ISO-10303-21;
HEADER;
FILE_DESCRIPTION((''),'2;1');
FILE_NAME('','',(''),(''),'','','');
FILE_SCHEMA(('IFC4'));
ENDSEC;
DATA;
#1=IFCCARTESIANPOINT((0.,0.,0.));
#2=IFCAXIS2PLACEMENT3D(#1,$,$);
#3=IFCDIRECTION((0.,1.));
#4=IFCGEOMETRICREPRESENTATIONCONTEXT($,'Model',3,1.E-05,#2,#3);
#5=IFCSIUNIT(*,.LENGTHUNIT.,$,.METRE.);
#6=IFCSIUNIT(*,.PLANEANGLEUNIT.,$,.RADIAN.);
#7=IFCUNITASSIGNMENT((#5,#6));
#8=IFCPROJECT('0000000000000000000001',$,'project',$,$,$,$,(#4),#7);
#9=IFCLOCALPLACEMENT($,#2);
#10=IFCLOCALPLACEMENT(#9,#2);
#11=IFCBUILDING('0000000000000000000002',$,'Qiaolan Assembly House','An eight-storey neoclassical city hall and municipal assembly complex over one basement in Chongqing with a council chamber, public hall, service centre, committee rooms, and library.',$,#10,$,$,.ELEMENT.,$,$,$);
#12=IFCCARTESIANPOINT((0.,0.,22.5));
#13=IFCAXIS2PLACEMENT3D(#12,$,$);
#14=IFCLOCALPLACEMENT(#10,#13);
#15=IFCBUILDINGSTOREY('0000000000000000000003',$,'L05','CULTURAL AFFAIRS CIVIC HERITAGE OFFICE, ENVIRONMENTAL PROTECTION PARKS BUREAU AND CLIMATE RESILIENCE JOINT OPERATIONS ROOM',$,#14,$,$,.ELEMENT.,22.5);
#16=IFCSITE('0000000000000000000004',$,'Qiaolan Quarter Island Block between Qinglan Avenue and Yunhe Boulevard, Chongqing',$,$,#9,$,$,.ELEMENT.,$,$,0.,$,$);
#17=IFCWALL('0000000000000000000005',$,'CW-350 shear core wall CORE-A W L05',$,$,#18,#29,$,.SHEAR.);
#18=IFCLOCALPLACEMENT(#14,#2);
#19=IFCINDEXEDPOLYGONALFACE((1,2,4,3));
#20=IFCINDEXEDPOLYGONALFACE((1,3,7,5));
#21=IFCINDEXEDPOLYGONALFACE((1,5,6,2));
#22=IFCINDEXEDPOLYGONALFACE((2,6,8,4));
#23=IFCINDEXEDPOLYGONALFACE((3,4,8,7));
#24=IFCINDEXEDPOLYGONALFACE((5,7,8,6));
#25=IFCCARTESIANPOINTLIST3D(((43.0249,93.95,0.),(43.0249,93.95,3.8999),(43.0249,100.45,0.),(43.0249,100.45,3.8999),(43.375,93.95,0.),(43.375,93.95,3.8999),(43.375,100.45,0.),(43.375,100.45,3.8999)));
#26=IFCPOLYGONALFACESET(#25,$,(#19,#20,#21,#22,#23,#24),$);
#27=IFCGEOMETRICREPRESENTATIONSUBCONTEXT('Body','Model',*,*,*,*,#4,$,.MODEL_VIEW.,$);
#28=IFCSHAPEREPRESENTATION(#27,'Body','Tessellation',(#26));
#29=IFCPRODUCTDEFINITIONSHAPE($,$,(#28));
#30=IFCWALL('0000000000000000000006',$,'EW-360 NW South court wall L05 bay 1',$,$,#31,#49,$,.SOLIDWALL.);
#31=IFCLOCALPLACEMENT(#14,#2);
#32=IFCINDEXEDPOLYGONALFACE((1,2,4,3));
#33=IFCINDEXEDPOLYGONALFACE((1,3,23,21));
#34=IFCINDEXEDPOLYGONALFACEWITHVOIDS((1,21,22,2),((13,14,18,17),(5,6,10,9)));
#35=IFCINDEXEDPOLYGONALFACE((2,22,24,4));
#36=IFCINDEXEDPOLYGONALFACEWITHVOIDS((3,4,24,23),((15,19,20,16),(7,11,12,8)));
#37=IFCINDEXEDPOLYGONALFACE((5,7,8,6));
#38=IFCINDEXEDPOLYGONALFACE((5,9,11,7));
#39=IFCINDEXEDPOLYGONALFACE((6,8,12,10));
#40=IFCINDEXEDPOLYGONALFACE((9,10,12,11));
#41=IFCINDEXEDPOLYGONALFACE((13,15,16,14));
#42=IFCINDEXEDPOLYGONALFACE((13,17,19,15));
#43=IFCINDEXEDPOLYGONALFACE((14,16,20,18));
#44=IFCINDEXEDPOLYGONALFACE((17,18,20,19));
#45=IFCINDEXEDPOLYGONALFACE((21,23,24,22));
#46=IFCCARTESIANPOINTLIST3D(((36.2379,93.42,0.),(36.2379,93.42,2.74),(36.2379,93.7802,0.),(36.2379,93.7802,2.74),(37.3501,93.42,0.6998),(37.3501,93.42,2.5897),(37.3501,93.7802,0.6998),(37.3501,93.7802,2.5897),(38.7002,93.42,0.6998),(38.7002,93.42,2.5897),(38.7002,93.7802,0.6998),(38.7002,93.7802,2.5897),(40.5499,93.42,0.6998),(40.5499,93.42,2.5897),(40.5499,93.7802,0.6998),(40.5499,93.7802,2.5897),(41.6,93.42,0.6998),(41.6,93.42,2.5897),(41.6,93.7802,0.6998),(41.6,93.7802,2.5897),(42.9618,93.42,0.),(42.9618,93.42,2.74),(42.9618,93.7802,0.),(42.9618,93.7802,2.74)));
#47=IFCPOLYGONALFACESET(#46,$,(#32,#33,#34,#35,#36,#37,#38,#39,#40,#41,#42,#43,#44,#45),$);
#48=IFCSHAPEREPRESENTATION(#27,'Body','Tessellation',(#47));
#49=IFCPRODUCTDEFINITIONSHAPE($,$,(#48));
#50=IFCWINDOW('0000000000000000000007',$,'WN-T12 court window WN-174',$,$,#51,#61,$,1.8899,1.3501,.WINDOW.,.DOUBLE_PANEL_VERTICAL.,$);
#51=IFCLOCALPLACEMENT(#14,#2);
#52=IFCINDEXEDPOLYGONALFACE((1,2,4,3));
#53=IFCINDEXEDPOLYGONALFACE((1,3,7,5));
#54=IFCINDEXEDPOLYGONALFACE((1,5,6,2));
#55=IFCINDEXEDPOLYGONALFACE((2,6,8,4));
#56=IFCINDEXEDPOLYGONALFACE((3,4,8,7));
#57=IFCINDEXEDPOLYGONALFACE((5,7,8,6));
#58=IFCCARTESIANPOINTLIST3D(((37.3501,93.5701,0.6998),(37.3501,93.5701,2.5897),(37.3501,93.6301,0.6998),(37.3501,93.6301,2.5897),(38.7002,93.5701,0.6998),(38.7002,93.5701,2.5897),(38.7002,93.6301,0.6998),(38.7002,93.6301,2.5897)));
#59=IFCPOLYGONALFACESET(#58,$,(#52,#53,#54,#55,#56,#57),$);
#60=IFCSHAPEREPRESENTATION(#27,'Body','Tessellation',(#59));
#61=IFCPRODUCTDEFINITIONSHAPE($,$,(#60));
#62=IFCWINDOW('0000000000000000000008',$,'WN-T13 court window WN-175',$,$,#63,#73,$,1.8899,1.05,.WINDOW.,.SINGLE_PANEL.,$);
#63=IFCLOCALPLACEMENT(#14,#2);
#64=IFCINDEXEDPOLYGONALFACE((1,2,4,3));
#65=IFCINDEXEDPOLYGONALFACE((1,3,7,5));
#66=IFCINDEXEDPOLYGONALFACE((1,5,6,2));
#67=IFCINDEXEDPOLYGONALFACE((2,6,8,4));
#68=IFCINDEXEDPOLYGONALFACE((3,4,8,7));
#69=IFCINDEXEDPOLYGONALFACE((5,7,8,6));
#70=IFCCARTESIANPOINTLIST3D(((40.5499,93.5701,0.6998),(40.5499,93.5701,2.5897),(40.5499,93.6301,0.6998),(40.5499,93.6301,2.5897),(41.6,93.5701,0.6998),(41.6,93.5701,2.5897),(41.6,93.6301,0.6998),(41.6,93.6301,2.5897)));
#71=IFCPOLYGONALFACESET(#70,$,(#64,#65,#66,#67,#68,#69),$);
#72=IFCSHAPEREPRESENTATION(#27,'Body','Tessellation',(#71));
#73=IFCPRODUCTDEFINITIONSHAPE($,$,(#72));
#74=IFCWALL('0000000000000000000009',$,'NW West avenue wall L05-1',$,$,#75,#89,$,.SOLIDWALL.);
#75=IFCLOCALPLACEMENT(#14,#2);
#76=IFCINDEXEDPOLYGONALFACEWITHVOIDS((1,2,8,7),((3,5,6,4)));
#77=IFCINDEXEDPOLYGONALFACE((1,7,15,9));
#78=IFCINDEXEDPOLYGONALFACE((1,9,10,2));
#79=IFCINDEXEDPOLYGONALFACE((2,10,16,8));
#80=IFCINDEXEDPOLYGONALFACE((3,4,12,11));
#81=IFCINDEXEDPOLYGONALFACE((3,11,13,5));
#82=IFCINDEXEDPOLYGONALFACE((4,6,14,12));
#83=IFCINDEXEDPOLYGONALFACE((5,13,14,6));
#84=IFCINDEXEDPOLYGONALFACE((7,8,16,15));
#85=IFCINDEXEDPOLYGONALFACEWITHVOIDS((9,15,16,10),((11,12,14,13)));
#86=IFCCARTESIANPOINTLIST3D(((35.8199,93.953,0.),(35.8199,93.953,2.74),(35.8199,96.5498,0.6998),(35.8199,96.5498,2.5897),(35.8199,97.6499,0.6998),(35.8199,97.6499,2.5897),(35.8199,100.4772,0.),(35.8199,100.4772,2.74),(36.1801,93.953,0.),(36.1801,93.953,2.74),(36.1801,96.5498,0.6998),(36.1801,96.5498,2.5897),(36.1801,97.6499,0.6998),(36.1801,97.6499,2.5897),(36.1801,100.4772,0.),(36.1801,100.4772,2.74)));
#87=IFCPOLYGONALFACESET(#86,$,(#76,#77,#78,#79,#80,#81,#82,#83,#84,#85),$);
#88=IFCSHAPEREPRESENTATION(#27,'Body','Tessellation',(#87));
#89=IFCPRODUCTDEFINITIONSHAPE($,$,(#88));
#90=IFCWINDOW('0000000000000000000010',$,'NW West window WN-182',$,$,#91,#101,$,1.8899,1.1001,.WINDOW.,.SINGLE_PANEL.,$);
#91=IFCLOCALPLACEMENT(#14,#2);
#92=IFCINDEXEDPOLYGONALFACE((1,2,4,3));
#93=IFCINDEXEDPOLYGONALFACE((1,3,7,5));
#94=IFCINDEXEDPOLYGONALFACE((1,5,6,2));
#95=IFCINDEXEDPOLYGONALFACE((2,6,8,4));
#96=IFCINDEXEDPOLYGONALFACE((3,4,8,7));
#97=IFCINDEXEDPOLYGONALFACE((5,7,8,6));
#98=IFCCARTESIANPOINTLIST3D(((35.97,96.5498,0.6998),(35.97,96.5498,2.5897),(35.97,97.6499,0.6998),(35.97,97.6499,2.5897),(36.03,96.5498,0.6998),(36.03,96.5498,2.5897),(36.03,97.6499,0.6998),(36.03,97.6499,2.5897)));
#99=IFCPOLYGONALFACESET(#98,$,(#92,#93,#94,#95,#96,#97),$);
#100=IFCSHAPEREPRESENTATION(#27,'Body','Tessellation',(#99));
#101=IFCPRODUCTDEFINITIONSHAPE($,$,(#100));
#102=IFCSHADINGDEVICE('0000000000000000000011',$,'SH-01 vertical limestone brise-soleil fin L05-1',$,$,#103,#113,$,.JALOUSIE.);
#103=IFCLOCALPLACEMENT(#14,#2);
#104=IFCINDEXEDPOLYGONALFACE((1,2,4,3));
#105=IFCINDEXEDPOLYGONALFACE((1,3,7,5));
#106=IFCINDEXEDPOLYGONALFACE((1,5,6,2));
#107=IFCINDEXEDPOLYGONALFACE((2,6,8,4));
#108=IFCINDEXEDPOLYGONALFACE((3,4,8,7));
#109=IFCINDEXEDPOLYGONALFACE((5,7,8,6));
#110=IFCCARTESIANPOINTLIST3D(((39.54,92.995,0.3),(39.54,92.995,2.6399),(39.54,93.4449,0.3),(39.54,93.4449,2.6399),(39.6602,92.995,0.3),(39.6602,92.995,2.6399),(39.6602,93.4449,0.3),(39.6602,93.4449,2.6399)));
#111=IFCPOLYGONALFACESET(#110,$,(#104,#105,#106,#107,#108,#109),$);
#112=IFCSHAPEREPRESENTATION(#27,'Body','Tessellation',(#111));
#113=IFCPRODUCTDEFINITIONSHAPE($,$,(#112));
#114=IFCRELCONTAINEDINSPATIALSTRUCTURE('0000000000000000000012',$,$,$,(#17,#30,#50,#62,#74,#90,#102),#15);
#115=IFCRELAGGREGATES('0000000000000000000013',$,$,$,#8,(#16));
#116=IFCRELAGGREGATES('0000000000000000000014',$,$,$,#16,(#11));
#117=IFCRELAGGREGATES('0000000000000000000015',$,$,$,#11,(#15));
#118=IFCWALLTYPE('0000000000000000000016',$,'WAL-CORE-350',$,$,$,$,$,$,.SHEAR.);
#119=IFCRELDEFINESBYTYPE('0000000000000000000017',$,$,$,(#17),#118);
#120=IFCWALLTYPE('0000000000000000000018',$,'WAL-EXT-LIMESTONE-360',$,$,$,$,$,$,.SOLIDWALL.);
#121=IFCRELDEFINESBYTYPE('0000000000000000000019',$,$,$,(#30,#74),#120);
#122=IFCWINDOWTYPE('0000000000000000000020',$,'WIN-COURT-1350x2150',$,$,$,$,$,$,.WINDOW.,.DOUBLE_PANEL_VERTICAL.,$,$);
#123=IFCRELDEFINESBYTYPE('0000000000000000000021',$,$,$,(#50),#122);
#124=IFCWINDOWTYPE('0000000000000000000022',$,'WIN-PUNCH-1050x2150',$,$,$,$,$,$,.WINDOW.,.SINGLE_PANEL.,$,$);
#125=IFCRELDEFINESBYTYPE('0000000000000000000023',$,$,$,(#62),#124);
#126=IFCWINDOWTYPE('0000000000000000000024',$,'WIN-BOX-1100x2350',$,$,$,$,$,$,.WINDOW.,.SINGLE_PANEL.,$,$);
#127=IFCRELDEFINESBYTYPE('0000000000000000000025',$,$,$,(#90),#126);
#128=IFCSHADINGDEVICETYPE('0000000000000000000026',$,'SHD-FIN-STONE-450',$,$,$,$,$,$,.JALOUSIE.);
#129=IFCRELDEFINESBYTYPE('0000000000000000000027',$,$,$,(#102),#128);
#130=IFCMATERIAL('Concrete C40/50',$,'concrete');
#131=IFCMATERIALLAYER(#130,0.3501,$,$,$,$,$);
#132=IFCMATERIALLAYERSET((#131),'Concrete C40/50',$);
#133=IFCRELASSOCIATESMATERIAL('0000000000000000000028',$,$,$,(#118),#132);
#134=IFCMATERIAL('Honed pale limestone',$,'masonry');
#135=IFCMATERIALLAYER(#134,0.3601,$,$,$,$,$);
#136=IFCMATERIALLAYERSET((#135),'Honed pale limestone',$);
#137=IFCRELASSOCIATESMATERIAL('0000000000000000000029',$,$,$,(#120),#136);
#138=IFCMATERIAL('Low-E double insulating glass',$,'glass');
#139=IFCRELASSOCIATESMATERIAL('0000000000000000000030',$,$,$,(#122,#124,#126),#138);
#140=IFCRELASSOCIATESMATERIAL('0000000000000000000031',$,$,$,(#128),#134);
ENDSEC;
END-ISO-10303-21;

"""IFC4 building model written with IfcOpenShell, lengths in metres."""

from ifc_helpers import new_model, si_unit, direction, frame, frame_2d, origin, origin_2d, place, context, subcontext, project, spatial, rectangle, extrude, material, layer, layer_set, material_profile, profile_set, type_object, element, fill, save


model = new_model("IFC4")

# Units and contexts
model_context = context("Model", 3, precision=1e-05, world=origin(), true_north=direction((0.0, 1.0)))
body_context = subcontext(model_context, "Body", "Model", "MODEL_VIEW")
ifc_project = project(units=[si_unit("LENGTHUNIT", "METRE"), si_unit("PLANEANGLEUNIT", "RADIAN")], contexts=[model_context])

# Site, building, storey
site_placement = place(None, origin())
site = spatial("IfcSite", under=ifc_project, at=site_placement, Name="Qiaolan Quarter Island Block between Qinglan Avenue and Yunhe Boulevard, Chongqing", CompositionType="ELEMENT", RefElevation=0.0)
building_placement = place(site_placement, origin())
building = spatial("IfcBuilding", under=site, at=building_placement, Name="Qiaolan Assembly House", Description="An eight-storey neoclassical city hall and municipal assembly complex over one basement in Chongqing with a council chamber, public hall, service centre, committee rooms, and library.", CompositionType="ELEMENT")
storey_placement = place(building_placement, frame((0.0, 0.0, 22.5)))
storey = spatial("IfcBuildingStorey", under=building, at=storey_placement, Name="L05", Description="CULTURAL AFFAIRS CIVIC HERITAGE OFFICE, ENVIRONMENTAL PROTECTION PARKS BUREAU AND CLIMATE RESILIENCE JOINT OPERATIONS ROOM", CompositionType="ELEMENT", Elevation=22.5)

# Shared definitions
ifc_material_1 = material(Name="Concrete C40/50", Category="concrete")

# Shared definitions
ifc_material_2 = material(Name="Honed pale limestone", Category="masonry")

# Wall
ifc_layer_1 = layer(ifc_material_1, 0.3501)
ifc_layer_set_1 = layer_set([ifc_layer_1], Name="Concrete C40/50")
wall_type_1 = type_object("IfcWallType", Name="WAL-CORE-350", PredefinedType="SHEAR", material=ifc_layer_set_1)
wall_1_placement = place(storey_placement, frame((43.2, 100.45, 0.0), z_axis=(0.0, 0.0, 1.0), x_axis=(0.0, -1.0, 0.0)))
element("IfcWall", 1, at=wall_1_placement, inside=storey, type_object=wall_type_1, Name="CW-350 shear core wall CORE-A W L05", PredefinedType="SHEAR", context=body_context, shape_type="SweptSolid", body=[
    extrude(rectangle(XDim=6.5, YDim=0.3501, at=frame_2d((3.25, 0.0))), origin(), (0.0, 0.0, 1.0), 3.8999),
])

# Wall, openings, windows
ifc_layer_2 = layer(ifc_material_2, 0.3601)
ifc_layer_set_2 = layer_set([ifc_layer_2], Name="Honed pale limestone")
wall_type_2 = type_object("IfcWallType", Name="WAL-EXT-LIMESTONE-360", PredefinedType="SOLIDWALL", material=ifc_layer_set_2)
wall_2_placement = place(storey_placement, frame((36.238, 93.6001, 0.0), z_axis=(0.0, 0.0, 1.0), x_axis=(1.0, 0.0, 0.0)))
wall_2 = element("IfcWall", 2, at=wall_2_placement, inside=storey, type_object=wall_type_2, Name="EW-360 NW South court wall L05 bay 1", PredefinedType="SOLIDWALL", context=body_context, shape_type="SweptSolid", body=[
    extrude(rectangle(XDim=6.7239, YDim=0.3601, at=frame_2d((3.3618, 0.0))), origin(), (0.0, 0.0, 1.0), 2.74),
])
opening_1_placement = place(wall_2_placement, frame((1.1121, 0.0, 0.7)))
opening_1 = element("IfcOpeningElement", 3, at=opening_1_placement, cuts=wall_2, PredefinedType="OPENING", context=body_context, shape_type="SweptSolid", body=[
    extrude(rectangle(XDim=1.3501, YDim=1.8899, at=frame_2d((0.675, 0.9448))), frame((0.0, 0.1899, 0.0), z_axis=(0.0, -1.0, 0.0), x_axis=(1.0, 0.0, 0.0)), (0.0, 0.0, 1.0), 0.3801),
])
opening_2_placement = place(wall_2_placement, frame((4.312, 0.0, 0.7)))
opening_2 = element("IfcOpeningElement", 4, at=opening_2_placement, cuts=wall_2, PredefinedType="OPENING", context=body_context, shape_type="SweptSolid", body=[
    extrude(rectangle(XDim=1.05, YDim=1.8899, at=frame_2d((0.5249, 0.9448))), frame((0.0, 0.1899, 0.0), z_axis=(0.0, -1.0, 0.0), x_axis=(1.0, 0.0, 0.0)), (0.0, 0.0, 1.0), 0.3801),
])
ifc_material_3 = material(Name="Low-E double insulating glass", Category="glass")
window_type_1 = type_object("IfcWindowType", Name="WIN-COURT-1350x2150", PartitioningType="DOUBLE_PANEL_VERTICAL", PredefinedType="WINDOW", material=ifc_material_3)
window_1_placement = place(opening_1_placement, origin())
window_1 = element("IfcWindow", 5, at=window_1_placement, inside=storey, type_object=window_type_1, Name="WN-T12 court window WN-174", OverallHeight=1.8899, OverallWidth=1.3501, PartitioningType="DOUBLE_PANEL_VERTICAL", PredefinedType="WINDOW", context=body_context, shape_type="SweptSolid", body=[
    extrude(rectangle(XDim=1.3501, YDim=1.8899, at=frame_2d((0.675, 0.9448))), frame((0.0, 0.03, 0.0), z_axis=(0.0, -1.0, 0.0), x_axis=(1.0, 0.0, 0.0)), (0.0, 0.0, 1.0), 0.0601),
])
fill(opening_1, window_1)
window_type_2 = type_object("IfcWindowType", Name="WIN-PUNCH-1050x2150", PartitioningType="SINGLE_PANEL", PredefinedType="WINDOW", material=ifc_material_3)
window_2_placement = place(opening_2_placement, origin())
window_2 = element("IfcWindow", 6, at=window_2_placement, inside=storey, type_object=window_type_2, Name="WN-T13 court window WN-175", OverallHeight=1.8899, OverallWidth=1.05, PartitioningType="SINGLE_PANEL", PredefinedType="WINDOW", context=body_context, shape_type="SweptSolid", body=[
    extrude(rectangle(XDim=1.05, YDim=1.8899, at=frame_2d((0.5249, 0.9448))), frame((0.0, 0.03, 0.0), z_axis=(0.0, -1.0, 0.0), x_axis=(1.0, 0.0, 0.0)), (0.0, 0.0, 1.0), 0.0601),
])
fill(opening_2, window_2)

# Wall, opening, window
wall_3_placement = place(storey_placement, frame((36.0, 93.9529, 0.0), z_axis=(0.0, 0.0, 1.0), x_axis=(0.0, 1.0, 0.0)))
wall_3 = element("IfcWall", 7, at=wall_3_placement, inside=storey, type_object=wall_type_2, Name="NW West avenue wall L05-1", PredefinedType="SOLIDWALL", context=body_context, shape_type="SweptSolid", body=[
    extrude(rectangle(XDim=6.5242, YDim=0.3601, at=frame_2d((3.2622, 0.0))), origin(), (0.0, 0.0, 1.0), 2.74),
])
opening_3_placement = place(wall_3_placement, frame((2.5969, 0.0, 0.7)))
opening_3 = element("IfcOpeningElement", 8, at=opening_3_placement, cuts=wall_3, PredefinedType="OPENING", context=body_context, shape_type="SweptSolid", body=[
    extrude(rectangle(XDim=1.1001, YDim=1.8899, at=frame_2d((0.55, 0.9448))), frame((0.0, 0.1899, 0.0), z_axis=(0.0, -1.0, 0.0), x_axis=(1.0, 0.0, 0.0)), (0.0, 0.0, 1.0), 0.3801),
])
window_type_3 = type_object("IfcWindowType", Name="WIN-BOX-1100x2350", PartitioningType="SINGLE_PANEL", PredefinedType="WINDOW", material=ifc_material_3)
window_3_placement = place(opening_3_placement, origin())
window_3 = element("IfcWindow", 9, at=window_3_placement, inside=storey, type_object=window_type_3, Name="NW West window WN-182", OverallHeight=1.8899, OverallWidth=1.1001, PartitioningType="SINGLE_PANEL", PredefinedType="WINDOW", context=body_context, shape_type="SweptSolid", body=[
    extrude(rectangle(XDim=1.1001, YDim=1.8899, at=frame_2d((0.55, 0.9448))), frame((0.0, 0.03, 0.0), z_axis=(0.0, -1.0, 0.0), x_axis=(1.0, 0.0, 0.0)), (0.0, 0.0, 1.0), 0.0601),
])
fill(opening_3, window_3)

# Shading device
ifc_material_profile_1 = material_profile(ifc_material_2, rectangle(XDim=0.1201, YDim=0.45, at=origin_2d()), Name="FIN 120x450")
ifc_profile_set_1 = profile_set([ifc_material_profile_1], Name="Honed pale limestone")
shading_device_type = type_object("IfcShadingDeviceType", Name="SHD-FIN-STONE-450", PredefinedType="JALOUSIE", material=ifc_profile_set_1)
shading_device_placement = place(storey_placement, frame((39.6001, 93.22, 0.3), z_axis=(0.0, 0.0, 1.0), x_axis=(1.0, 0.0, 0.0)))
element("IfcShadingDevice", 10, at=shading_device_placement, inside=storey, type_object=shading_device_type, Name="SH-01 vertical limestone brise-soleil fin L05-1", PredefinedType="JALOUSIE", context=body_context, shape_type="SweptSolid", body=[
    extrude(rectangle(XDim=0.1201, YDim=0.45, at=origin_2d()), origin(), (0.0, 0.0, 1.0), 2.3398),
])

save(model, "model.ifc")
